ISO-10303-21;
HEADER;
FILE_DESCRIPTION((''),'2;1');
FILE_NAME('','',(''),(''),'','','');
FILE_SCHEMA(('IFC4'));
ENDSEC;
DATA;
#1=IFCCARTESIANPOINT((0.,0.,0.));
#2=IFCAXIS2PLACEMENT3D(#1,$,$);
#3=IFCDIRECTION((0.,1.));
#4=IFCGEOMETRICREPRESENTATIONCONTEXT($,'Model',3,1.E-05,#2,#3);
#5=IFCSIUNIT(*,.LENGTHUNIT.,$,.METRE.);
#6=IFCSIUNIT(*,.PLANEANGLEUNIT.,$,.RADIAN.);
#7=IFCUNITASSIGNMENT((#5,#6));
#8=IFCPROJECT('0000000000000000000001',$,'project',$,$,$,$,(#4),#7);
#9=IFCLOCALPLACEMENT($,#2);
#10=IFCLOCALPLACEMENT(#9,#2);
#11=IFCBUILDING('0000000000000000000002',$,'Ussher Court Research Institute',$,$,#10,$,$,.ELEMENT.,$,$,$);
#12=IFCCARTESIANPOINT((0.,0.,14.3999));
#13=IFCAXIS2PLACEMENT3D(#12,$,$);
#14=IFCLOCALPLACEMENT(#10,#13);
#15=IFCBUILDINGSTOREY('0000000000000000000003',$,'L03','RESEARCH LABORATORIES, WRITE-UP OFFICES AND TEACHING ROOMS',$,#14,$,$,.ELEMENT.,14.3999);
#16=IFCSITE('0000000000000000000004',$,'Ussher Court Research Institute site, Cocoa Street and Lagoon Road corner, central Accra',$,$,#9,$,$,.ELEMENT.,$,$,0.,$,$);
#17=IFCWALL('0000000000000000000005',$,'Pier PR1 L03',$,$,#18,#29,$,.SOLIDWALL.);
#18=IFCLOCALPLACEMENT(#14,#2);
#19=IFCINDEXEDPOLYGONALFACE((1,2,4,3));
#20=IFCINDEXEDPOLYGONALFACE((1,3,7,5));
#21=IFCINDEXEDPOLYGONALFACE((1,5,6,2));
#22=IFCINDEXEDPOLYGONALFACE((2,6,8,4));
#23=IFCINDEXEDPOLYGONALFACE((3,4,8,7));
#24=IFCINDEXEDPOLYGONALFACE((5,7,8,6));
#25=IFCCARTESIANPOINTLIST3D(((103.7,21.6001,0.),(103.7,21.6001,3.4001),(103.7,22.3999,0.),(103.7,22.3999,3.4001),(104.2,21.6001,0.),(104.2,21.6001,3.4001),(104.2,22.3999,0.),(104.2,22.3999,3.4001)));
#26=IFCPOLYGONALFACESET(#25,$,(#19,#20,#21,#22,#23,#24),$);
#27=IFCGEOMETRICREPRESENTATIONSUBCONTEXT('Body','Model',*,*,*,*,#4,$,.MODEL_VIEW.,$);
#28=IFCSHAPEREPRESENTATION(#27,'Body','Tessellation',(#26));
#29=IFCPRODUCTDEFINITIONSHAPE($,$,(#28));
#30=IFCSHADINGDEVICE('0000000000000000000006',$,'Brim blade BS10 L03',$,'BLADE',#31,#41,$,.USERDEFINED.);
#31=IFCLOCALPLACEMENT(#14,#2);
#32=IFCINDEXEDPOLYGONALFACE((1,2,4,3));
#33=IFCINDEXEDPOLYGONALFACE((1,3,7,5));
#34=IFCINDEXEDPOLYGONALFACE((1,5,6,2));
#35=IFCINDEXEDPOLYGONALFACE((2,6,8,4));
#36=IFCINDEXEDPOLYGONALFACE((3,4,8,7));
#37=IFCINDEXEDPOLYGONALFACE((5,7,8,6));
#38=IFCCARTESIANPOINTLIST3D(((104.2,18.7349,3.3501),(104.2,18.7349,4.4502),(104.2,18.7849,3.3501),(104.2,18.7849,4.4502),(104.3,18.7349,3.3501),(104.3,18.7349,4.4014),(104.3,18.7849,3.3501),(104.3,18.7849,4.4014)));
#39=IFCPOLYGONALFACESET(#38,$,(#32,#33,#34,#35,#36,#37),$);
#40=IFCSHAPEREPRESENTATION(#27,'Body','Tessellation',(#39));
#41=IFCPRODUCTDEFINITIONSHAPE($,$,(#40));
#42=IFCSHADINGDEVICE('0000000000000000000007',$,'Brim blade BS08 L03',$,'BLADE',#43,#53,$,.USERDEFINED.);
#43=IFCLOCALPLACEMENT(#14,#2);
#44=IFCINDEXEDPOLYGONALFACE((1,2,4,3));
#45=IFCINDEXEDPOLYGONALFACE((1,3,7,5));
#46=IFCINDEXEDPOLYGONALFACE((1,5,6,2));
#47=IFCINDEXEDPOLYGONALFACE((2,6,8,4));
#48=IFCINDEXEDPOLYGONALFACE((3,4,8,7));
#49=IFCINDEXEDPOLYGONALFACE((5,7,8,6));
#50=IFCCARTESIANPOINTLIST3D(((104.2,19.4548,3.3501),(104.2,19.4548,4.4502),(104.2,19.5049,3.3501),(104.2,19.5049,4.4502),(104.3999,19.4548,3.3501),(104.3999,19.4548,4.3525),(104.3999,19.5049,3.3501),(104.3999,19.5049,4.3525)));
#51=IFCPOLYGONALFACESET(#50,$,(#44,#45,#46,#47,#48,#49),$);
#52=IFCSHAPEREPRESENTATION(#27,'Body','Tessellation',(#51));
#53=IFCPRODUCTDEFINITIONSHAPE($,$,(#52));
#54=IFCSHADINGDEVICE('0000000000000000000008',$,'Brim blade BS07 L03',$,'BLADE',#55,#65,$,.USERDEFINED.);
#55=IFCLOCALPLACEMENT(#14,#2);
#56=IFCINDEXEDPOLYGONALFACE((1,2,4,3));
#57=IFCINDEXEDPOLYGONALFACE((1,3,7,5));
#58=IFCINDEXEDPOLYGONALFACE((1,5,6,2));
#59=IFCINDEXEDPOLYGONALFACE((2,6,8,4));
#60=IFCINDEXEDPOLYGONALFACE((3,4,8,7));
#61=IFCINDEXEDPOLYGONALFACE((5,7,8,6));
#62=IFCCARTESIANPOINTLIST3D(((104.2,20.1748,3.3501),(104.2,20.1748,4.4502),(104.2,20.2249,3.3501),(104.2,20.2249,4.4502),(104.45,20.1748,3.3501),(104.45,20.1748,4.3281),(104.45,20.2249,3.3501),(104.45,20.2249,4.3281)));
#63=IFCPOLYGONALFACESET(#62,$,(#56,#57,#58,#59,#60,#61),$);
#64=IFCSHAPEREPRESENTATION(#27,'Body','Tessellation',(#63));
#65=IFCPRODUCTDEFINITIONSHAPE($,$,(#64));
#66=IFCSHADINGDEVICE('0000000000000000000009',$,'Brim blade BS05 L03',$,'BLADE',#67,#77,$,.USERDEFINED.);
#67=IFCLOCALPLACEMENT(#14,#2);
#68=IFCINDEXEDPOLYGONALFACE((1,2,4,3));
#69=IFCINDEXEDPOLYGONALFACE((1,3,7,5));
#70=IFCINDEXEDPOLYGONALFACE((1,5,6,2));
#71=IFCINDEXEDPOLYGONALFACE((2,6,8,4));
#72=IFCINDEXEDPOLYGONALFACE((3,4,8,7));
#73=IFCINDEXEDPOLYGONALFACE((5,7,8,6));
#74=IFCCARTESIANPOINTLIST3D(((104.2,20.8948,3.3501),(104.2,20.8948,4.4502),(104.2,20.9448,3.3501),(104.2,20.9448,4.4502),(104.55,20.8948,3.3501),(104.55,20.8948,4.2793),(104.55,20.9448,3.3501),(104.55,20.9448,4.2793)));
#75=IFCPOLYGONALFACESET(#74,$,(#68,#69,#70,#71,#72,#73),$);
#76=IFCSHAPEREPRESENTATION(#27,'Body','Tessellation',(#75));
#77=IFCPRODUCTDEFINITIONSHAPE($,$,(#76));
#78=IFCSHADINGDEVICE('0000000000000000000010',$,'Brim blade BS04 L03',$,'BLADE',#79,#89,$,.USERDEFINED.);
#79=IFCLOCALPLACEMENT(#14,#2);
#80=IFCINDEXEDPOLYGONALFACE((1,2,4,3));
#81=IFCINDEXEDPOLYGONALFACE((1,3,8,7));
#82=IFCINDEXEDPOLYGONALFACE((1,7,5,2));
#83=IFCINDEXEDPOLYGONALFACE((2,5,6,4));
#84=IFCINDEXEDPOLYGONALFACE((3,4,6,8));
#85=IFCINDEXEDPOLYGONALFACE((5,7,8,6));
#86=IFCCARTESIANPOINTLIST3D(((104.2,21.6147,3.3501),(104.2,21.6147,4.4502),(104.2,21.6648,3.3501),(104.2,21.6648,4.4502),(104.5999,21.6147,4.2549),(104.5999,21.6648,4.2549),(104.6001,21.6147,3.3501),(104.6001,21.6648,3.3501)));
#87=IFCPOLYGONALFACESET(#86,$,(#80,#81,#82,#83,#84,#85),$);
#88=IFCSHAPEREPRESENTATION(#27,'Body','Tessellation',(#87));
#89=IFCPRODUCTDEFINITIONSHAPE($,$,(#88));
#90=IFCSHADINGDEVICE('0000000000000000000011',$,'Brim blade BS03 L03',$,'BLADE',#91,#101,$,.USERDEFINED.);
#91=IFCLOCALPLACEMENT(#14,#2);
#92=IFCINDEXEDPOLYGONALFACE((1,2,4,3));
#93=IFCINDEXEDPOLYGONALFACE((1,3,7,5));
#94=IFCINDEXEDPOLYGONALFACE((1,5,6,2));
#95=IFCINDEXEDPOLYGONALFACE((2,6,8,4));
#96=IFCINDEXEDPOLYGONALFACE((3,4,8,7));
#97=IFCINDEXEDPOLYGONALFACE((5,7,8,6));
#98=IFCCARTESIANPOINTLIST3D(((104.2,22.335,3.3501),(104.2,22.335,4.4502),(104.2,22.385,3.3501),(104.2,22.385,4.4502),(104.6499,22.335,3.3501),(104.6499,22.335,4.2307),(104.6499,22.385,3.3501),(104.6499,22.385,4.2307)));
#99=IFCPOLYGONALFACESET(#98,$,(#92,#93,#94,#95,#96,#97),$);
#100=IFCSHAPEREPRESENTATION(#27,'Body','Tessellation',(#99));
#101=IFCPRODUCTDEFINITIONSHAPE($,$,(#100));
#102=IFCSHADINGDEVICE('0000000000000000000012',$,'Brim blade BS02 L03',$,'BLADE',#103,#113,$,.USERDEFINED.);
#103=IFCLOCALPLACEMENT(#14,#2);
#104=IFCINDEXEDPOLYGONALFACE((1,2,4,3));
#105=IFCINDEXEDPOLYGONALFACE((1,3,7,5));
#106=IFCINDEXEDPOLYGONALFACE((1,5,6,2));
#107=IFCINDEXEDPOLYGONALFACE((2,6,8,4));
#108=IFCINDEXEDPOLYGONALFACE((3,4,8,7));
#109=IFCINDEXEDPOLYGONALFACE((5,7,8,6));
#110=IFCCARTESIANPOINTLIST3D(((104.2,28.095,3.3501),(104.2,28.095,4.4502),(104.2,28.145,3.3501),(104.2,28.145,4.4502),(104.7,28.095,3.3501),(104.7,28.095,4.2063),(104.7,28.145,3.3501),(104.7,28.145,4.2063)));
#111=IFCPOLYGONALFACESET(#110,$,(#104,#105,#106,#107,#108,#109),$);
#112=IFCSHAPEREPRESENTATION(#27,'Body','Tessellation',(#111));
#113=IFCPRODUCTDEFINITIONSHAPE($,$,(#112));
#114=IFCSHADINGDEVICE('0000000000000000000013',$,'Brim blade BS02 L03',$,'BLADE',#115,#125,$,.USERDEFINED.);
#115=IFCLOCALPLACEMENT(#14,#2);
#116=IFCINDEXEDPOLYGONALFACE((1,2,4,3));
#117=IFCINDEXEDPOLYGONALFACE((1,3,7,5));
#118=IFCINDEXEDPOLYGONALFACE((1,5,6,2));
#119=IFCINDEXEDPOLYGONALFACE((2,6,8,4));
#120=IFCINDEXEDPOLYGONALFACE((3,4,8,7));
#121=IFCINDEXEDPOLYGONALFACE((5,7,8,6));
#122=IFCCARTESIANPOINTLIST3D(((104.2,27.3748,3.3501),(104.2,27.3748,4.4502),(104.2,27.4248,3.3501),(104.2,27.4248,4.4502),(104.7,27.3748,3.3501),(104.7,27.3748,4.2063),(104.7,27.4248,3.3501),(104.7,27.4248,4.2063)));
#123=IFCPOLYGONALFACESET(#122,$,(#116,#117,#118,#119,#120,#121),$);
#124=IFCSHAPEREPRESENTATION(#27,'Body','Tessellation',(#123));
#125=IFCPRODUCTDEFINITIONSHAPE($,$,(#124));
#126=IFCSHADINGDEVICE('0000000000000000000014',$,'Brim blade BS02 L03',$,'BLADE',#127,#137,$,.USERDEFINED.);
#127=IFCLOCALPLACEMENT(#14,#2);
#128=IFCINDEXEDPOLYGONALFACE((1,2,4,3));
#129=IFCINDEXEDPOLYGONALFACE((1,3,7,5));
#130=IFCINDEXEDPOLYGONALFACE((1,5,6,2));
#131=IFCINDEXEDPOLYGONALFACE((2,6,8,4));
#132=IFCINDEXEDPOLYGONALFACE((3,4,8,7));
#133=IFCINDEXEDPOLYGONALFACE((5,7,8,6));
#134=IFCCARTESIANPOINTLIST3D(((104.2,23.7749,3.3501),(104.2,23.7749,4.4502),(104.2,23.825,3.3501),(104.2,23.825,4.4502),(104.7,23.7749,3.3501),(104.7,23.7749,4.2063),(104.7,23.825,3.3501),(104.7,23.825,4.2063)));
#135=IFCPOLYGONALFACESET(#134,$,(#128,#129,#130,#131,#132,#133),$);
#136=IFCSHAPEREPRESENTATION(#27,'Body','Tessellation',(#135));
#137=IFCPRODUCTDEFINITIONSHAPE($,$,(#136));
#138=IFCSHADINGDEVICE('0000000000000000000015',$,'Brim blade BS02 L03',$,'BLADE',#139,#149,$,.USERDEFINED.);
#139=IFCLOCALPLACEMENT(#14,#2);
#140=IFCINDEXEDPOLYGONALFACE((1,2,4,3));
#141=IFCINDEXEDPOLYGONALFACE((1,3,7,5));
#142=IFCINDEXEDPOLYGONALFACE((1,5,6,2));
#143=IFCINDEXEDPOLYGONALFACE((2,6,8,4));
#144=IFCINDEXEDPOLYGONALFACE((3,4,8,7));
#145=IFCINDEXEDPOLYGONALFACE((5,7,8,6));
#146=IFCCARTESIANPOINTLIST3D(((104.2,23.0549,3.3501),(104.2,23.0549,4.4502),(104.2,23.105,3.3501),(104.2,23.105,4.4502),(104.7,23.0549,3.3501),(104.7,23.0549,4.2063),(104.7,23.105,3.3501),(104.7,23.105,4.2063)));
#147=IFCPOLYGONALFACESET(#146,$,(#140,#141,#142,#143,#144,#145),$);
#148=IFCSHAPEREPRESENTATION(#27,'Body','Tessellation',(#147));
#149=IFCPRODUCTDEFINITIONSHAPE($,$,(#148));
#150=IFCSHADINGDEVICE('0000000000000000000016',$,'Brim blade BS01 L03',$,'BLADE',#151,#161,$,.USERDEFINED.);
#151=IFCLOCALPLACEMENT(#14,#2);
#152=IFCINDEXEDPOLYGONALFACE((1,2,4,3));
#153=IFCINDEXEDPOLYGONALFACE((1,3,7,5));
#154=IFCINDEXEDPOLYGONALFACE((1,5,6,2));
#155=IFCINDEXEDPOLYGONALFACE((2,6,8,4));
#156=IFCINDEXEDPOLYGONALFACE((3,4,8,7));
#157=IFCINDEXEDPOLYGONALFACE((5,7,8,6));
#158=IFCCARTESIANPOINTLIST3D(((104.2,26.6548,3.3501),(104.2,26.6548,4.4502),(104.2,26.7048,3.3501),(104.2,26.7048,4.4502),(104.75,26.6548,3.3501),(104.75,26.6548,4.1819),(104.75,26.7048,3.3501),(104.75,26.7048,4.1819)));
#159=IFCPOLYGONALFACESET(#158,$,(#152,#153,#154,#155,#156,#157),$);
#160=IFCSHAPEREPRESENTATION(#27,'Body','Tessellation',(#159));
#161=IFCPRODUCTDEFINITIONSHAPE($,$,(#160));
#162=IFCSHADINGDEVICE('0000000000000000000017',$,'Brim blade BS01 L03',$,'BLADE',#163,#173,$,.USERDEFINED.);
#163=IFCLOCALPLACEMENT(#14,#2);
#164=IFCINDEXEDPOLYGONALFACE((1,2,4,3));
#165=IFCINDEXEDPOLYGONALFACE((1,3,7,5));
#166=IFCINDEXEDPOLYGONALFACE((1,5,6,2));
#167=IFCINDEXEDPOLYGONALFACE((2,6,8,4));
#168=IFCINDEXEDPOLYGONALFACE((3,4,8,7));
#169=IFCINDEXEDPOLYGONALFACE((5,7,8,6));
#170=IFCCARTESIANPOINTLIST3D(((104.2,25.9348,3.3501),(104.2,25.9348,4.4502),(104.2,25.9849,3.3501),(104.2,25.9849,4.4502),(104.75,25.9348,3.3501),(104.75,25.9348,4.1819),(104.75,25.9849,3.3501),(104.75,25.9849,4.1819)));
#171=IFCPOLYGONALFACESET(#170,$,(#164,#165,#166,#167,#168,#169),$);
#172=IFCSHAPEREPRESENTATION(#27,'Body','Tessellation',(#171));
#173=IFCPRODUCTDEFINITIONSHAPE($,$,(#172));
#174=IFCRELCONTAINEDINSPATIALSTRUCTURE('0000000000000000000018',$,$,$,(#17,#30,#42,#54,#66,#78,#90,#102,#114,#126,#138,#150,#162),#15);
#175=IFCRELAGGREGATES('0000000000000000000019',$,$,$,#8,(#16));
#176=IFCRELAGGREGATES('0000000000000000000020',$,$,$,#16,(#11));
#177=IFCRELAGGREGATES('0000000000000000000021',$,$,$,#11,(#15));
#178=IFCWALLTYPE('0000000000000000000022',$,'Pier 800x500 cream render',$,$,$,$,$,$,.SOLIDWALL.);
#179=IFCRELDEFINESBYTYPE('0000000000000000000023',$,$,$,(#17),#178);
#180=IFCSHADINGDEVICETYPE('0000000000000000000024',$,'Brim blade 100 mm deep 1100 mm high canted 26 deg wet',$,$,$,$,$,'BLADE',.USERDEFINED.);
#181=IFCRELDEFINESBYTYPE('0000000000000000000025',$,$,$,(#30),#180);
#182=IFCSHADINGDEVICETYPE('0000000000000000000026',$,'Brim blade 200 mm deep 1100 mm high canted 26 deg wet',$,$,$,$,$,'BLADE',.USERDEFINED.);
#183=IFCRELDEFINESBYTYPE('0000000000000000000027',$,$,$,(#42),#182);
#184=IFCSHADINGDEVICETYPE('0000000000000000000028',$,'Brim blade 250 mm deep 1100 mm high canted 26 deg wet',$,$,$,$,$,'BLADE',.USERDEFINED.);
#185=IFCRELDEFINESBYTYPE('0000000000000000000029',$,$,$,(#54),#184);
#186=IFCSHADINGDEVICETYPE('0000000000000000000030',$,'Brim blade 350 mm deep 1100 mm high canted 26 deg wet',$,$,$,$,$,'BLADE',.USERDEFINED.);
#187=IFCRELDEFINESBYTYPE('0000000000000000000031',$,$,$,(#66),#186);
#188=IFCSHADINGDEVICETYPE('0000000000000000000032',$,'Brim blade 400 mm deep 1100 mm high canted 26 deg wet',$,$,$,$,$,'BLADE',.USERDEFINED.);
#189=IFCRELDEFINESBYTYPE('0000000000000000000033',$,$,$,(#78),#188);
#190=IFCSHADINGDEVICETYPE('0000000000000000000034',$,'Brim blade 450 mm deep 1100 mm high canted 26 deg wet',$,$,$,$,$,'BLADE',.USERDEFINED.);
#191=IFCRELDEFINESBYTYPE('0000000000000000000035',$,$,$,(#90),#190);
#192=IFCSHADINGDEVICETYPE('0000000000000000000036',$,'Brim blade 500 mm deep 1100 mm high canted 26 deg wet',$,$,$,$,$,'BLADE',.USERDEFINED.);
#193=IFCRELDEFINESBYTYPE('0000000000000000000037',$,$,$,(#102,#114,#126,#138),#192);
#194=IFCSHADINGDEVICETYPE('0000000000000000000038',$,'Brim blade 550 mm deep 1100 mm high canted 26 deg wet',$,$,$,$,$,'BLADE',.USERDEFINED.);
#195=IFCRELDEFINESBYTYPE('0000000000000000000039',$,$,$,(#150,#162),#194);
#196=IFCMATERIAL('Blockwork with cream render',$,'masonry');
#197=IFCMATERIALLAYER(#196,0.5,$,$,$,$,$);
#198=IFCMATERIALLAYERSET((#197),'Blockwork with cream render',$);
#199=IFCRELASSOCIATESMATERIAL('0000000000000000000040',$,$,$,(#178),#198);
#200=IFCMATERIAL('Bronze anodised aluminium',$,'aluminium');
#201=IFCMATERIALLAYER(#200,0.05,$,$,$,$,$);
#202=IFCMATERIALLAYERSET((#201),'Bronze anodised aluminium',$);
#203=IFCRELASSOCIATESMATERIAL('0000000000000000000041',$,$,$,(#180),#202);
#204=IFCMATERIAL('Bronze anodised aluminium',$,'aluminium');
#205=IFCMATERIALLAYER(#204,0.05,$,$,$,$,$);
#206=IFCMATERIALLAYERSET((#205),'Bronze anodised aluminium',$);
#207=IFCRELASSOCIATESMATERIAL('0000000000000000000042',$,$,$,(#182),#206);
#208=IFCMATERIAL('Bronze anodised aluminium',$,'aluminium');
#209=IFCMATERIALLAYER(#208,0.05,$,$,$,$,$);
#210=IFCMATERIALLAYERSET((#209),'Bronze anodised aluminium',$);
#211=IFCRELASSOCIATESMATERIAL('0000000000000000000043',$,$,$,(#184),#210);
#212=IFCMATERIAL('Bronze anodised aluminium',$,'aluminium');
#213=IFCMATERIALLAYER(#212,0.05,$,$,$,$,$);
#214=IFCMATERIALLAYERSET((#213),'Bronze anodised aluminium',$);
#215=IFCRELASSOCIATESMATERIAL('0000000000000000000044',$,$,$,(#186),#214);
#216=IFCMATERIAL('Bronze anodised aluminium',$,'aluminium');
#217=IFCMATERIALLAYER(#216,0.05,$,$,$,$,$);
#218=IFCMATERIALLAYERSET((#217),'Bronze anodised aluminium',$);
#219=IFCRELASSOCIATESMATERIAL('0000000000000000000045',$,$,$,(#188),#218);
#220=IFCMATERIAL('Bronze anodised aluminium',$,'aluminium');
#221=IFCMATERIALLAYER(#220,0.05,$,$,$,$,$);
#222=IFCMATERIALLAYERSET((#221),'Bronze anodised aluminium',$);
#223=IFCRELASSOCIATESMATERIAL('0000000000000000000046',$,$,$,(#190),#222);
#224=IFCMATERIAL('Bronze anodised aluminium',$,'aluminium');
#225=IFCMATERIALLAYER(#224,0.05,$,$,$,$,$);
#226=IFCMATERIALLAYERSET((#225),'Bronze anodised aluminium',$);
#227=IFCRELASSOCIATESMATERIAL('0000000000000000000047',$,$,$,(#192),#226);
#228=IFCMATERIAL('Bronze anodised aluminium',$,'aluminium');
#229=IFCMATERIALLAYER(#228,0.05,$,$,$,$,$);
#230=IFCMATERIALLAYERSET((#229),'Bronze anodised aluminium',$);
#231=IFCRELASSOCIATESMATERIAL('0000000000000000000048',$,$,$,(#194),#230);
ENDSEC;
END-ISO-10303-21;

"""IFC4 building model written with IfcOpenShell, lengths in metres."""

from ifc_helpers import new_model, si_unit, direction, frame, frame_2d, origin, place, context, subcontext, project, spatial, polyline, rectangle, outline, extrude, material, layer, layer_set, type_object, element, save


model = new_model("IFC4")

# Units and contexts
model_context = context("Model", 3, precision=1e-05, world=origin(), true_north=direction((0.0, 1.0)))
body_context = subcontext(model_context, "Body", "Model", "MODEL_VIEW")
ifc_project = project(units=[si_unit("LENGTHUNIT", "METRE"), si_unit("PLANEANGLEUNIT", "RADIAN")], contexts=[model_context])

# Site, building, storey
site_placement = place(None, origin())
site = spatial("IfcSite", under=ifc_project, at=site_placement, Name="Ussher Court Research Institute site, Cocoa Street and Lagoon Road corner, central Accra", CompositionType="ELEMENT", RefElevation=0.0)
building_placement = place(site_placement, origin())
building = spatial("IfcBuilding", under=site, at=building_placement, Name="Ussher Court Research Institute", CompositionType="ELEMENT")
storey_placement = place(building_placement, frame((0.0, 0.0, 14.3999)))
storey = spatial("IfcBuildingStorey", under=building, at=storey_placement, Name="L03", Description="RESEARCH LABORATORIES, WRITE-UP OFFICES AND TEACHING ROOMS", CompositionType="ELEMENT", Elevation=14.3999)

# Wall
ifc_material_1 = material(Name="Blockwork with cream render", Category="masonry")
ifc_layer_1 = layer(ifc_material_1, 0.5)
ifc_layer_set_1 = layer_set([ifc_layer_1], Name="Blockwork with cream render")
wall_type_1 = type_object("IfcWallType", Name="Pier 800x500 cream render", PredefinedType="SOLIDWALL", material=ifc_layer_set_1)
wall_1_placement = place(storey_placement, frame((103.95, 22.3999, 0.0), z_axis=(0.0, 0.0, 1.0), x_axis=(0.0, -1.0, 0.0)))
element("IfcWall", 1, at=wall_1_placement, inside=storey, type_object=wall_type_1, Name="Pier PR1 L03", PredefinedType="SOLIDWALL", context=body_context, shape_type="SweptSolid", body=[
    extrude(rectangle(XDim=0.7998, YDim=0.5, at=frame_2d((0.3999, 0.0))), origin(), (0.0, 0.0, 1.0), 3.4001),
])

# Shading devices
ifc_material_2 = material(Name="Bronze anodised aluminium", Category="aluminium")
ifc_layer_2 = layer(ifc_material_2, 0.05)
ifc_layer_set_2 = layer_set([ifc_layer_2], Name="Bronze anodised aluminium")
shading_device_type_1 = type_object("IfcShadingDeviceType", Name="Brim blade 100 mm deep 1100 mm high canted 26 deg wet", ElementType="BLADE", PredefinedType="USERDEFINED", material=ifc_layer_set_2)
shading_device_1_placement = place(storey_placement, frame((104.2, 18.76, 3.3501), z_axis=(0.0, 0.0, 1.0), x_axis=(1.0, 0.0, 0.0)))
element("IfcShadingDevice", 2, at=shading_device_1_placement, inside=storey, type_object=shading_device_type_1, Name="Brim blade BS10 L03", ObjectType="BLADE", PredefinedType="USERDEFINED", context=body_context, shape_type="SweptSolid", body=[
    extrude(outline(polyline([(0.0, 0.0), (0.1001, 0.0), (0.1001, 1.0513), (0.0, 1.1001), (0.0, 0.0)])), frame((0.0, 0.0249, 0.0), z_axis=(0.0, -1.0, 0.0), x_axis=(1.0, 0.0, 0.0)), (0.0, 0.0, 1.0), 0.05),
])
ifc_material_3 = material(Name="Bronze anodised aluminium", Category="aluminium")
ifc_layer_3 = layer(ifc_material_3, 0.05)
ifc_layer_set_3 = layer_set([ifc_layer_3], Name="Bronze anodised aluminium")
shading_device_type_2 = type_object("IfcShadingDeviceType", Name="Brim blade 200 mm deep 1100 mm high canted 26 deg wet", ElementType="BLADE", PredefinedType="USERDEFINED", material=ifc_layer_set_3)
shading_device_2_placement = place(storey_placement, frame((104.2, 19.48, 3.3501), z_axis=(0.0, 0.0, 1.0), x_axis=(1.0, 0.0, 0.0)))
element("IfcShadingDevice", 3, at=shading_device_2_placement, inside=storey, type_object=shading_device_type_2, Name="Brim blade BS08 L03", ObjectType="BLADE", PredefinedType="USERDEFINED", context=body_context, shape_type="SweptSolid", body=[
    extrude(outline(polyline([(0.0, 0.0), (0.2, 0.0), (0.2, 1.0024), (0.0, 1.1001), (0.0, 0.0)])), frame((0.0, 0.0249, 0.0), z_axis=(0.0, -1.0, 0.0), x_axis=(1.0, 0.0, 0.0)), (0.0, 0.0, 1.0), 0.05),
])
ifc_material_4 = material(Name="Bronze anodised aluminium", Category="aluminium")
ifc_layer_4 = layer(ifc_material_4, 0.05)
ifc_layer_set_4 = layer_set([ifc_layer_4], Name="Bronze anodised aluminium")
shading_device_type_3 = type_object("IfcShadingDeviceType", Name="Brim blade 250 mm deep 1100 mm high canted 26 deg wet", ElementType="BLADE", PredefinedType="USERDEFINED", material=ifc_layer_set_4)
shading_device_3_placement = place(storey_placement, frame((104.2, 20.2, 3.3501), z_axis=(0.0, 0.0, 1.0), x_axis=(1.0, 0.0, 0.0)))
element("IfcShadingDevice", 4, at=shading_device_3_placement, inside=storey, type_object=shading_device_type_3, Name="Brim blade BS07 L03", ObjectType="BLADE", PredefinedType="USERDEFINED", context=body_context, shape_type="SweptSolid", body=[
    extrude(outline(polyline([(0.0, 0.0), (0.25, 0.0), (0.25, 0.978), (0.0, 1.1001), (0.0, 0.0)])), frame((0.0, 0.0249, 0.0), z_axis=(0.0, -1.0, 0.0), x_axis=(1.0, 0.0, 0.0)), (0.0, 0.0, 1.0), 0.05),
])
ifc_material_5 = material(Name="Bronze anodised aluminium", Category="aluminium")
ifc_layer_5 = layer(ifc_material_5, 0.05)
ifc_layer_set_5 = layer_set([ifc_layer_5], Name="Bronze anodised aluminium")
shading_device_type_4 = type_object("IfcShadingDeviceType", Name="Brim blade 350 mm deep 1100 mm high canted 26 deg wet", ElementType="BLADE", PredefinedType="USERDEFINED", material=ifc_layer_set_5)
shading_device_4_placement = place(storey_placement, frame((104.2, 20.9199, 3.3501), z_axis=(0.0, 0.0, 1.0), x_axis=(1.0, 0.0, 0.0)))
element("IfcShadingDevice", 5, at=shading_device_4_placement, inside=storey, type_object=shading_device_type_4, Name="Brim blade BS05 L03", ObjectType="BLADE", PredefinedType="USERDEFINED", context=body_context, shape_type="SweptSolid", body=[
    extrude(outline(polyline([(0.0, 0.0), (0.3501, 0.0), (0.3501, 0.9292), (0.0, 1.1001), (0.0, 0.0)])), frame((0.0, 0.0249, 0.0), z_axis=(0.0, -1.0, 0.0), x_axis=(1.0, 0.0, 0.0)), (0.0, 0.0, 1.0), 0.05),
])
ifc_material_6 = material(Name="Bronze anodised aluminium", Category="aluminium")
ifc_layer_6 = layer(ifc_material_6, 0.05)
ifc_layer_set_6 = layer_set([ifc_layer_6], Name="Bronze anodised aluminium")
shading_device_type_5 = type_object("IfcShadingDeviceType", Name="Brim blade 400 mm deep 1100 mm high canted 26 deg wet", ElementType="BLADE", PredefinedType="USERDEFINED", material=ifc_layer_set_6)
shading_device_5_placement = place(storey_placement, frame((104.2, 21.6399, 3.3501), z_axis=(0.0, 0.0, 1.0), x_axis=(1.0, 0.0, 0.0)))
element("IfcShadingDevice", 6, at=shading_device_5_placement, inside=storey, type_object=shading_device_type_5, Name="Brim blade BS04 L03", ObjectType="BLADE", PredefinedType="USERDEFINED", context=body_context, shape_type="SweptSolid", body=[
    extrude(outline(polyline([(0.0, 0.0), (0.4001, 0.0), (0.3999, 0.9048), (0.0, 1.1001), (0.0, 0.0)])), frame((0.0, 0.0249, 0.0), z_axis=(0.0, -1.0, 0.0), x_axis=(1.0, 0.0, 0.0)), (0.0, 0.0, 1.0), 0.05),
])
ifc_material_7 = material(Name="Bronze anodised aluminium", Category="aluminium")
ifc_layer_7 = layer(ifc_material_7, 0.05)
ifc_layer_set_7 = layer_set([ifc_layer_7], Name="Bronze anodised aluminium")
shading_device_type_6 = type_object("IfcShadingDeviceType", Name="Brim blade 450 mm deep 1100 mm high canted 26 deg wet", ElementType="BLADE", PredefinedType="USERDEFINED", material=ifc_layer_set_7)
shading_device_6_placement = place(storey_placement, frame((104.2, 22.3601, 3.3501), z_axis=(0.0, 0.0, 1.0), x_axis=(1.0, 0.0, 0.0)))
element("IfcShadingDevice", 7, at=shading_device_6_placement, inside=storey, type_object=shading_device_type_6, Name="Brim blade BS03 L03", ObjectType="BLADE", PredefinedType="USERDEFINED", context=body_context, shape_type="SweptSolid", body=[
    extrude(outline(polyline([(0.0, 0.0), (0.45, 0.0), (0.45, 0.8806), (0.0, 1.1001), (0.0, 0.0)])), frame((0.0, 0.0249, 0.0), z_axis=(0.0, -1.0, 0.0), x_axis=(1.0, 0.0, 0.0)), (0.0, 0.0, 1.0), 0.05),
])
ifc_material_8 = material(Name="Bronze anodised aluminium", Category="aluminium")
ifc_layer_8 = layer(ifc_material_8, 0.05)
ifc_layer_set_8 = layer_set([ifc_layer_8], Name="Bronze anodised aluminium")
shading_device_type_7 = type_object("IfcShadingDeviceType", Name="Brim blade 500 mm deep 1100 mm high canted 26 deg wet", ElementType="BLADE", PredefinedType="USERDEFINED", material=ifc_layer_set_8)
for number, where, z_axis, x_axis, name in (
    (8, (104.2, 28.1201, 3.3501), (0.0, 0.0, 1.0), (1.0, 0.0, 0.0), "Brim blade BS02 L03"),
    (9, (104.2, 27.3999, 3.3501), (0.0, 0.0, 1.0), (1.0, 0.0, 0.0), "Brim blade BS02 L03"),
    (10, (104.2, 23.8, 3.3501), (0.0, 0.0, 1.0), (1.0, 0.0, 0.0), "Brim blade BS02 L03"),
    (11, (104.2, 23.0801, 3.3501), (0.0, 0.0, 1.0), (1.0, 0.0, 0.0), "Brim blade BS02 L03"),
):
    element("IfcShadingDevice", number, at=place(storey_placement, frame(where, z_axis=z_axis, x_axis=x_axis)), inside=storey, type_object=shading_device_type_7, Name=name, ObjectType="BLADE", PredefinedType="USERDEFINED", context=body_context, shape_type="SweptSolid", body=[
        extrude(outline(polyline([(0.0, 0.0), (0.5, 0.0), (0.5, 0.8562), (0.0, 1.1001), (0.0, 0.0)])), frame((0.0, 0.0249, 0.0), z_axis=(0.0, -1.0, 0.0), x_axis=(1.0, 0.0, 0.0)), (0.0, 0.0, 1.0), 0.05),
    ])
ifc_material_9 = material(Name="Bronze anodised aluminium", Category="aluminium")
ifc_layer_9 = layer(ifc_material_9, 0.05)
ifc_layer_set_9 = layer_set([ifc_layer_9], Name="Bronze anodised aluminium")
shading_device_type_8 = type_object("IfcShadingDeviceType", Name="Brim blade 550 mm deep 1100 mm high canted 26 deg wet", ElementType="BLADE", PredefinedType="USERDEFINED", material=ifc_layer_set_9)
for number, where, z_axis, x_axis, name in (
    (12, (104.2, 26.6799, 3.3501), (0.0, 0.0, 1.0), (1.0, 0.0, 0.0), "Brim blade BS01 L03"),
    (13, (104.2, 25.96, 3.3501), (0.0, 0.0, 1.0), (1.0, 0.0, 0.0), "Brim blade BS01 L03"),
):
    element("IfcShadingDevice", number, at=place(storey_placement, frame(where, z_axis=z_axis, x_axis=x_axis)), inside=storey, type_object=shading_device_type_8, Name=name, ObjectType="BLADE", PredefinedType="USERDEFINED", context=body_context, shape_type="SweptSolid", body=[
        extrude(outline(polyline([(0.0, 0.0), (0.55, 0.0), (0.55, 0.8318), (0.0, 1.1001), (0.0, 0.0)])), frame((0.0, 0.0249, 0.0), z_axis=(0.0, -1.0, 0.0), x_axis=(1.0, 0.0, 0.0)), (0.0, 0.0, 1.0), 0.05),
    ])

save(model, "model.ifc")
